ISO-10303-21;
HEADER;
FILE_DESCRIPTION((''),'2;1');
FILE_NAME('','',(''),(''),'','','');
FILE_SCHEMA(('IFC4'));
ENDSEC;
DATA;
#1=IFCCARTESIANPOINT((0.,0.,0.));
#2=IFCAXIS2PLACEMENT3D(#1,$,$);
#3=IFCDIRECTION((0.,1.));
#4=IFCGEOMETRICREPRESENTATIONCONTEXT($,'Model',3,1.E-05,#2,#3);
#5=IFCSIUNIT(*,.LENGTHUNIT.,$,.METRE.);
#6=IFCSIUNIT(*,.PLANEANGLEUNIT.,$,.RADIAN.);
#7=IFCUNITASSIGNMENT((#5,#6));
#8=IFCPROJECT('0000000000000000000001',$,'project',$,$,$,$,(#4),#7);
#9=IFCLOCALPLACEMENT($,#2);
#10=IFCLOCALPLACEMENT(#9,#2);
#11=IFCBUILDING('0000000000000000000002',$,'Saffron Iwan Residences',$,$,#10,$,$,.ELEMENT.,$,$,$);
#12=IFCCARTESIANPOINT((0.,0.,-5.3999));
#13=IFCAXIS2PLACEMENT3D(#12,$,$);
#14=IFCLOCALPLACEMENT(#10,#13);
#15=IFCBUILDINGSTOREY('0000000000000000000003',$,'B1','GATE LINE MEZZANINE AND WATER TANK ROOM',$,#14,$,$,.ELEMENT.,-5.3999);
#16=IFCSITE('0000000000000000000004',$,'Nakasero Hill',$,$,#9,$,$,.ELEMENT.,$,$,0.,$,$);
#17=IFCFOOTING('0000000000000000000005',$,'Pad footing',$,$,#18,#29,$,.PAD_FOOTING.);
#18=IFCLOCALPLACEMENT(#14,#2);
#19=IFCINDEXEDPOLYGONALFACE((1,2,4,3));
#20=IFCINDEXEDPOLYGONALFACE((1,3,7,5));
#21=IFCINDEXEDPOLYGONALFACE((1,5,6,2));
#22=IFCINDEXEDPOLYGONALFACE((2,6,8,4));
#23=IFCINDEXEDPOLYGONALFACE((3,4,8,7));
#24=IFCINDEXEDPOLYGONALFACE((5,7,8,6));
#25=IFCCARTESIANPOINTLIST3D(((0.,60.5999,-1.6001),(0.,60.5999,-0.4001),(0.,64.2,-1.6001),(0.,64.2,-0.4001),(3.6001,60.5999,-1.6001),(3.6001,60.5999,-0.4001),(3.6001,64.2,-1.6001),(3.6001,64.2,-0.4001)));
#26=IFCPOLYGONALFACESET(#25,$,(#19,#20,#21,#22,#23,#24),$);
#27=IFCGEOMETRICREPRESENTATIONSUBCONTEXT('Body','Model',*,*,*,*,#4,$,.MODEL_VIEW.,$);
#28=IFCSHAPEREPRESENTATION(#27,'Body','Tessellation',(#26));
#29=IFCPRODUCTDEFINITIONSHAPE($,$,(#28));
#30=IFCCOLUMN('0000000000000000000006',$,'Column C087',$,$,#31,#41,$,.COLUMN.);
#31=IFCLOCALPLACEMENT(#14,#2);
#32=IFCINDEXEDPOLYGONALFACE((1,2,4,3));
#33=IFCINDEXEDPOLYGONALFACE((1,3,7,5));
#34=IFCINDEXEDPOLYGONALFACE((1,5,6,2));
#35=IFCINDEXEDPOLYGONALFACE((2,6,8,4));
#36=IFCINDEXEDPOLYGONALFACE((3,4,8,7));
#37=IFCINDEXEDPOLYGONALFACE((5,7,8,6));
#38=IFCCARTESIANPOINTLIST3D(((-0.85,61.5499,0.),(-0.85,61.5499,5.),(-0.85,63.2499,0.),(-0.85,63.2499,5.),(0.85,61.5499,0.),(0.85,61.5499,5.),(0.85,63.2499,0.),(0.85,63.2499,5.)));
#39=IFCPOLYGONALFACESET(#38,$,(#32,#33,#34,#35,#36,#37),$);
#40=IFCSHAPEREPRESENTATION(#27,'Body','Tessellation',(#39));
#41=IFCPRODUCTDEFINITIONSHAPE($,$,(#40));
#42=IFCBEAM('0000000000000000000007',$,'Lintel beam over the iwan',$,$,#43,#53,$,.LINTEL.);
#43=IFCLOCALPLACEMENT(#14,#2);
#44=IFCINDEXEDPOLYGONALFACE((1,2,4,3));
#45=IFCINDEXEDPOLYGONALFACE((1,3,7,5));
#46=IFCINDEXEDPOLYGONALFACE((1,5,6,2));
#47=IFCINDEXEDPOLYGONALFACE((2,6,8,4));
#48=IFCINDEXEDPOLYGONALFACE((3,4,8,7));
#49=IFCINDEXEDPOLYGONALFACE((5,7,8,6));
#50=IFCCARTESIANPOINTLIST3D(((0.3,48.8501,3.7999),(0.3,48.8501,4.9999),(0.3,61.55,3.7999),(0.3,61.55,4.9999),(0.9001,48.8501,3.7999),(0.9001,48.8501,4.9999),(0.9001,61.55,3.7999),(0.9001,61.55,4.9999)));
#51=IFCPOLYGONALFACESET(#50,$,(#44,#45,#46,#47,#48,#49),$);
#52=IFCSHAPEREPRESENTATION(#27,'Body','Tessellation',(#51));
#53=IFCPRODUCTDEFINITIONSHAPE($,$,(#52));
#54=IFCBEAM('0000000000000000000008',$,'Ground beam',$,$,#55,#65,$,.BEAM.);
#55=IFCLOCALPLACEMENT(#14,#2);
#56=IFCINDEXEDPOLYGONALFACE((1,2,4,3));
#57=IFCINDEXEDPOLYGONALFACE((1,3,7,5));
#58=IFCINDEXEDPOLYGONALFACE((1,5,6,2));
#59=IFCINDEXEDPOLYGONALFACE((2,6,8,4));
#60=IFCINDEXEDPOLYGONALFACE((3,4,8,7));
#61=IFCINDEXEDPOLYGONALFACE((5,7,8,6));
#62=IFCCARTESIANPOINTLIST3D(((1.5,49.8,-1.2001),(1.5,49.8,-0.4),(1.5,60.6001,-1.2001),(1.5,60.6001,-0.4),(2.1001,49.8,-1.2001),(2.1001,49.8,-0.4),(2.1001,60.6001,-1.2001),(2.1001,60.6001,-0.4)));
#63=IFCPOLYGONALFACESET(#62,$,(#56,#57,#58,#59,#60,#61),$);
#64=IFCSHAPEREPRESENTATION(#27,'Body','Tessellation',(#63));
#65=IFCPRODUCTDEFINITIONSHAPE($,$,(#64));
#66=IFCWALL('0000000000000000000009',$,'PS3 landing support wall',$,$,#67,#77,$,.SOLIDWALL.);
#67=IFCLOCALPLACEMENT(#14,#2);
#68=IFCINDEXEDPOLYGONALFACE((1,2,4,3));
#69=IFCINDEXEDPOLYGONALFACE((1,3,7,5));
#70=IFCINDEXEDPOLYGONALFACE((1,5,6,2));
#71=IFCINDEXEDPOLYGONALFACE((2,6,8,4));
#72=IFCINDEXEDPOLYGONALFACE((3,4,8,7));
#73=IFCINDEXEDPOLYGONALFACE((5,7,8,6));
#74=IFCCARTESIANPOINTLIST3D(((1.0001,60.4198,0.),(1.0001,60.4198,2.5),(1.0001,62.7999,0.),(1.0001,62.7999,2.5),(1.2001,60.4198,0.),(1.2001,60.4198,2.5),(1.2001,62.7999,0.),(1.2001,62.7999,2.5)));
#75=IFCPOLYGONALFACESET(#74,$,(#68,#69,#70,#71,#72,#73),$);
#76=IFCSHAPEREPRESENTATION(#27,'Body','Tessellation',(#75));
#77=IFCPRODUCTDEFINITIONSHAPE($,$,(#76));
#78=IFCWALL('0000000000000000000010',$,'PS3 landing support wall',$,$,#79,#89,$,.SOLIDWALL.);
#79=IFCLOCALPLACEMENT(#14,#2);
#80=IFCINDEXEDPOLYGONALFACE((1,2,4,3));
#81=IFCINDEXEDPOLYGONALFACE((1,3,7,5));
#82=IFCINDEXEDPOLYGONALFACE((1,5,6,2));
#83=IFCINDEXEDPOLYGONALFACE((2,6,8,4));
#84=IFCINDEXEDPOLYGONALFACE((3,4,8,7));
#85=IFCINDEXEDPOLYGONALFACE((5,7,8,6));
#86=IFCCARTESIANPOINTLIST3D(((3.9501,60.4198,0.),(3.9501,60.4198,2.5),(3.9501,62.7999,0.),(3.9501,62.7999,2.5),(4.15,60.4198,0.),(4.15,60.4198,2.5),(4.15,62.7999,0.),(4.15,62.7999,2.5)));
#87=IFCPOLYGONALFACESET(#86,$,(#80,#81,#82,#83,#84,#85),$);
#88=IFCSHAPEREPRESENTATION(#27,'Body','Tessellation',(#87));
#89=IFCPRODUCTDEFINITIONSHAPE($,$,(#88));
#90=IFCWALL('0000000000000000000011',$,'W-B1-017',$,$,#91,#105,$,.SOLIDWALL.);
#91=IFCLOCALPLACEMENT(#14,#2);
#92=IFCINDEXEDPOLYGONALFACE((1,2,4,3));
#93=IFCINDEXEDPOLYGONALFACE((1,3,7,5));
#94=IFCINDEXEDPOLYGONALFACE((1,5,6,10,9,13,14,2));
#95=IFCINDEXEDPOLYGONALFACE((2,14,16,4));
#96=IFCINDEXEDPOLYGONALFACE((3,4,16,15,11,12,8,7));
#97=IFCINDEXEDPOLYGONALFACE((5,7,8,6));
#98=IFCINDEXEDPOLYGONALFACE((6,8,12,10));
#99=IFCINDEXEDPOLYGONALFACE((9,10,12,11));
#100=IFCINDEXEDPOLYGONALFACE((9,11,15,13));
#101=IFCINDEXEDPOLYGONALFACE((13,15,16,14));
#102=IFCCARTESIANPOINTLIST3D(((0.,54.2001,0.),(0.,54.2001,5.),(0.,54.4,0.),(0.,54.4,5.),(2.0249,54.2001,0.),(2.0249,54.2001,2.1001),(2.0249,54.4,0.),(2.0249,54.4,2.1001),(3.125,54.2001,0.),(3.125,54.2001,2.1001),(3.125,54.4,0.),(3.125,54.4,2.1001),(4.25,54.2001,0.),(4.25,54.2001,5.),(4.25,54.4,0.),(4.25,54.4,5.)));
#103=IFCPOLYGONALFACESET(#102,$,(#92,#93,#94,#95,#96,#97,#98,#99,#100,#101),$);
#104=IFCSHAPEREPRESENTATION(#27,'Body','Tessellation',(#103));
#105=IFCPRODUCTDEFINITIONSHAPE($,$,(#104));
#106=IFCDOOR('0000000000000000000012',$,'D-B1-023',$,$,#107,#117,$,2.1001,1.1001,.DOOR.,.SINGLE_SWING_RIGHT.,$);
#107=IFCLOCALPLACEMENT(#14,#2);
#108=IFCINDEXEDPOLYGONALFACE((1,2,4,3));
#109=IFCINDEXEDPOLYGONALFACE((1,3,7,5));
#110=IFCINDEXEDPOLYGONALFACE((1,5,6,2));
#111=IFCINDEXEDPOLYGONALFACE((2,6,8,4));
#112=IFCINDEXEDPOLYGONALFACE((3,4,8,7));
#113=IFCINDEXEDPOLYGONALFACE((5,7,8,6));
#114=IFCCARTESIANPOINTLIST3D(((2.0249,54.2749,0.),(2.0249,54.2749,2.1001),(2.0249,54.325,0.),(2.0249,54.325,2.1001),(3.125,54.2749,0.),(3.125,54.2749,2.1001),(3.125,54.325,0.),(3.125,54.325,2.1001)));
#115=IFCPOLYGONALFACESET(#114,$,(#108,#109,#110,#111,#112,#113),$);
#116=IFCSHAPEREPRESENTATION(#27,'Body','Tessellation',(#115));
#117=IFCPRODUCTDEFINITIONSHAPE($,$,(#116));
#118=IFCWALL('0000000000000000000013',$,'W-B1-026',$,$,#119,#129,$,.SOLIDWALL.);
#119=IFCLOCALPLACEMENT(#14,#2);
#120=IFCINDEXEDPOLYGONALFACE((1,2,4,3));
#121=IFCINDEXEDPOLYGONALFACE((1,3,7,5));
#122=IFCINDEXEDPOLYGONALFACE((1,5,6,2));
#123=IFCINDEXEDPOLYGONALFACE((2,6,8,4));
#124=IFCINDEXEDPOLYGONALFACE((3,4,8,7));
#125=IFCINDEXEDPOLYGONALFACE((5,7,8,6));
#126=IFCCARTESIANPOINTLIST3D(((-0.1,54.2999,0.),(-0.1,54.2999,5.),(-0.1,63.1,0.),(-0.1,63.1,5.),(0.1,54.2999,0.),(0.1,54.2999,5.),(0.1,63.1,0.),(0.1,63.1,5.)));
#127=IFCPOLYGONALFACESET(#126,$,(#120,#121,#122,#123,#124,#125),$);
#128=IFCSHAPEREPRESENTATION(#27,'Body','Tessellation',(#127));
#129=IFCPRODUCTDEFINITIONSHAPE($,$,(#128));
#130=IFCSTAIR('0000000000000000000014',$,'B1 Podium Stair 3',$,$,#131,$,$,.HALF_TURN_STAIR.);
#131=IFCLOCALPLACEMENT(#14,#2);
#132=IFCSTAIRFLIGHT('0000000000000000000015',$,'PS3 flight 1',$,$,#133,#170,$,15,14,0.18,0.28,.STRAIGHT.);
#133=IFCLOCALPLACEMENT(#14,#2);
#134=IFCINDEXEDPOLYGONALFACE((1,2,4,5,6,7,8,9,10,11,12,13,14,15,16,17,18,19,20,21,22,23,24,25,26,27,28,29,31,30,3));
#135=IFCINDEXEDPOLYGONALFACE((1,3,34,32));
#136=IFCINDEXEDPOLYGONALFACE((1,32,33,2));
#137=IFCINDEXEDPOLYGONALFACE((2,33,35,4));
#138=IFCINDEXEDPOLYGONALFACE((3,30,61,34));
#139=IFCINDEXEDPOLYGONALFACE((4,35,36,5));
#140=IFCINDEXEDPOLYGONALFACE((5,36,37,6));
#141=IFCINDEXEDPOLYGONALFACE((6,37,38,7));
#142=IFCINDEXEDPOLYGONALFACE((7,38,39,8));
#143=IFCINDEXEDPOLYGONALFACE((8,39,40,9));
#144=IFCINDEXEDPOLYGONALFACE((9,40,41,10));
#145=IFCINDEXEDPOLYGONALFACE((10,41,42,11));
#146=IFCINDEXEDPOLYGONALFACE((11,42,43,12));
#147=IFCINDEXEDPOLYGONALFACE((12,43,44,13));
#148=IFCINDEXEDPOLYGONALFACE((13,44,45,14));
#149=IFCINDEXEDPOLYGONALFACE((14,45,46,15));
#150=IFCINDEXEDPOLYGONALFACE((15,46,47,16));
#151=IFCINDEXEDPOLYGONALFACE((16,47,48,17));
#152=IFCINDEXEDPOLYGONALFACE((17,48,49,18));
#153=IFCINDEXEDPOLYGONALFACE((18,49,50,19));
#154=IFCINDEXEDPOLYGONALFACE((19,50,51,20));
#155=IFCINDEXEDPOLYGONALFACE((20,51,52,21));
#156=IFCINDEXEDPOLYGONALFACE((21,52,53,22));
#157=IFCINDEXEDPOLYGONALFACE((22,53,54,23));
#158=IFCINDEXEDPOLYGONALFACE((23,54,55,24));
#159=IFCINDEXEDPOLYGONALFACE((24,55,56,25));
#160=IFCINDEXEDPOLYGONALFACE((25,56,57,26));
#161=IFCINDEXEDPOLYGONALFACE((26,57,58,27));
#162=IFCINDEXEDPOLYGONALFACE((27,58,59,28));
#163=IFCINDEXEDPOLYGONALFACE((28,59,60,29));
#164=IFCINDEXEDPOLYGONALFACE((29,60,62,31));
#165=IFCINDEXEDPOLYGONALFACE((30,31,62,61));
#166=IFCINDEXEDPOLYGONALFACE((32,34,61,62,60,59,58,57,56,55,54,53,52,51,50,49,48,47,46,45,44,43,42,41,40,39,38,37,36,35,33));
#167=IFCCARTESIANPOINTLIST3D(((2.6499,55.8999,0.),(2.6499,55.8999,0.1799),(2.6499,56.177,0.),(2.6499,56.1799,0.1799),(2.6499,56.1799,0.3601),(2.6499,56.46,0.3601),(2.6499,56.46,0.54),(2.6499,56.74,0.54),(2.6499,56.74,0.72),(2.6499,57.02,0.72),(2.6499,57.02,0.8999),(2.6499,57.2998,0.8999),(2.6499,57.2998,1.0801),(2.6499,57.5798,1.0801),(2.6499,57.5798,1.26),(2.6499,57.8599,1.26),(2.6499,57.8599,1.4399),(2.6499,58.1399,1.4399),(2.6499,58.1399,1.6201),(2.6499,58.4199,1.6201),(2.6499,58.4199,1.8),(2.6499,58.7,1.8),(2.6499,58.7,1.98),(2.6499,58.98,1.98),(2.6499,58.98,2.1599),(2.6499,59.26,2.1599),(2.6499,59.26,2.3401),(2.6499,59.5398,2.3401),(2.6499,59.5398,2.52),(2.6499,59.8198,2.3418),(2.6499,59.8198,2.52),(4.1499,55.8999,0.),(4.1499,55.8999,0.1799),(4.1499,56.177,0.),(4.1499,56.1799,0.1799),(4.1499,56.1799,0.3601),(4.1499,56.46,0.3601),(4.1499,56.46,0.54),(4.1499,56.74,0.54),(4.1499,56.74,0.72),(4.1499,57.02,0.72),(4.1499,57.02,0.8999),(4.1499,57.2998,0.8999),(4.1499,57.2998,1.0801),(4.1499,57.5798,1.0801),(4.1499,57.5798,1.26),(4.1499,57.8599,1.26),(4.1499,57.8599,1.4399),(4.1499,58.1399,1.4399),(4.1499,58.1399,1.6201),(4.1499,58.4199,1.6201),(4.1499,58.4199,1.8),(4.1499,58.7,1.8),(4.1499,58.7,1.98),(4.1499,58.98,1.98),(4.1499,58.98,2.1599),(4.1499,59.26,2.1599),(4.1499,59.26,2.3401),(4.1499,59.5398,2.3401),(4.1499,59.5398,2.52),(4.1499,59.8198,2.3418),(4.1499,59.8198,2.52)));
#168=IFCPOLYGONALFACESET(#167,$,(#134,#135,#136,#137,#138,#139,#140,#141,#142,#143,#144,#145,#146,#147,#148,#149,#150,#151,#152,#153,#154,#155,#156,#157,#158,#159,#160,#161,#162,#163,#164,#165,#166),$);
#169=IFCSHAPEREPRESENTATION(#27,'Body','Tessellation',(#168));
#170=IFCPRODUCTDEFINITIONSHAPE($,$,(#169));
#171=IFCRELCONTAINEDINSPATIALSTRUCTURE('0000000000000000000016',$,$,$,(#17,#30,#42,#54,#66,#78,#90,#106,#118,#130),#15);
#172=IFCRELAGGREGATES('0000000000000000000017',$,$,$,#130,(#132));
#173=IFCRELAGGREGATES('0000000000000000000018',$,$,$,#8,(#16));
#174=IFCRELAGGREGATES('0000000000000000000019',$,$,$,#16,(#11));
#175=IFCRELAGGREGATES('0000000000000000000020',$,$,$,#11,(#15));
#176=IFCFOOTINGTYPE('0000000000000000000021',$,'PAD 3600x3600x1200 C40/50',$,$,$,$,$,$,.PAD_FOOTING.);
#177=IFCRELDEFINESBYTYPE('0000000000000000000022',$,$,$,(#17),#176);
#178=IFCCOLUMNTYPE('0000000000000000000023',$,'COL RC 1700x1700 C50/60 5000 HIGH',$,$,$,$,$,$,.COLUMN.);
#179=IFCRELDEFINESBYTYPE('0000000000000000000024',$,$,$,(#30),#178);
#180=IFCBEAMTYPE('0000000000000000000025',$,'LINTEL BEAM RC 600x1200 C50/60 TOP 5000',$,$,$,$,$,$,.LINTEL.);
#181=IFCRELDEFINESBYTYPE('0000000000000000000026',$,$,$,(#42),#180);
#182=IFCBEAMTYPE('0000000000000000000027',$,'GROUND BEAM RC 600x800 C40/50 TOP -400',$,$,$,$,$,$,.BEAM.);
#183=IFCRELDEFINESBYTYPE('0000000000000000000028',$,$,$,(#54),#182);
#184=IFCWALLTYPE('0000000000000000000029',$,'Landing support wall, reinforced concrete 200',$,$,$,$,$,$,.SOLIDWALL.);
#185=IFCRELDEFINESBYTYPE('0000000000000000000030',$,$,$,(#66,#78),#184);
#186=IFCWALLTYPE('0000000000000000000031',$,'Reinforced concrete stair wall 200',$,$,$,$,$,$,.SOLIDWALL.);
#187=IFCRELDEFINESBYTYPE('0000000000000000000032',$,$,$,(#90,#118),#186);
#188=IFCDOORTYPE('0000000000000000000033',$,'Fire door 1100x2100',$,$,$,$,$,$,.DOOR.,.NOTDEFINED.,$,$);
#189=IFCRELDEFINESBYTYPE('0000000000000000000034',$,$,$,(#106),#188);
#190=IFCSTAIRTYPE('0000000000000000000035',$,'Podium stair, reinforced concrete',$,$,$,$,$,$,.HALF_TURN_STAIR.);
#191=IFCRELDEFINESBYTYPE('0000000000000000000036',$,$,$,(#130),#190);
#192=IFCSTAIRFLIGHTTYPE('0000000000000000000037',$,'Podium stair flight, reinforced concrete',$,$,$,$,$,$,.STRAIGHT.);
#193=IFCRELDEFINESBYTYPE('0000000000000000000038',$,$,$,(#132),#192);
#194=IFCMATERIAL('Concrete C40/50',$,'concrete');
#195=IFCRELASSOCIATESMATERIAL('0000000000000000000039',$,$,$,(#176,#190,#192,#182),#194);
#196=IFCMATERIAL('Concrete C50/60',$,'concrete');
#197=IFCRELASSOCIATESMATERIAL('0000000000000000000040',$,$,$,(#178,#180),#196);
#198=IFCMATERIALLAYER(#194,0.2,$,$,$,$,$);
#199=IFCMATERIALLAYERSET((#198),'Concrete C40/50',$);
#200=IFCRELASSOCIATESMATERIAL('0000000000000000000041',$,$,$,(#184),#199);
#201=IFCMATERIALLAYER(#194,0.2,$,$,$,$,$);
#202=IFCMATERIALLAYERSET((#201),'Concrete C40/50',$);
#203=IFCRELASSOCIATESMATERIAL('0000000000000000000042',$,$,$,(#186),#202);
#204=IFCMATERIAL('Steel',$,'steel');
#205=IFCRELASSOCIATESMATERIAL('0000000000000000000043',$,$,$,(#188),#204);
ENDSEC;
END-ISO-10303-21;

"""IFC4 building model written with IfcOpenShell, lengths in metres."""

from ifc_helpers import new_model, si_unit, direction, frame, frame_2d, origin, origin_2d, place, context, subcontext, project, spatial, polyline, rectangle, outline, extrude, source, transform, mapped, material, layer, layer_set, material_profile, profile_set, type_object, element, fill, aggregate, save


model = new_model("IFC4")

# Units and contexts
model_context = context("Model", 3, precision=1e-05, world=origin(), true_north=direction((0.0, 1.0)))
body_context = subcontext(model_context, "Body", "Model", "MODEL_VIEW")
ifc_project = project(units=[si_unit("LENGTHUNIT", "METRE"), si_unit("PLANEANGLEUNIT", "RADIAN")], contexts=[model_context])

# Site, building, storey
site_placement = place(None, origin())
site = spatial("IfcSite", under=ifc_project, at=site_placement, Name="Nakasero Hill", CompositionType="ELEMENT", RefElevation=0.0)
building_placement = place(site_placement, origin())
building = spatial("IfcBuilding", under=site, at=building_placement, Name="Saffron Iwan Residences", CompositionType="ELEMENT")
storey_placement = place(building_placement, frame((0.0, 0.0, -5.3999)))
storey = spatial("IfcBuildingStorey", under=building, at=storey_placement, Name="B1", Description="GATE LINE MEZZANINE AND WATER TANK ROOM", CompositionType="ELEMENT", Elevation=-5.3999)

# Footing
ifc_material_1 = material(Name="Concrete C40/50", Category="concrete")
footing_type = type_object("IfcFootingType", Name="PAD 3600x3600x1200 C40/50", PredefinedType="PAD_FOOTING", material=ifc_material_1)
shared_shape_1 = source(origin(), body_context, "Body", "SweptSolid", [
    extrude(rectangle(XDim=3.6001, YDim=3.6001, at=origin_2d()), origin(), (0.0, 0.0, 1.0), 1.2),
])
footing_placement = place(storey_placement, frame((1.8, 62.3999, -1.6001), z_axis=(0.0, 0.0, 1.0), x_axis=(1.0, 0.0, 0.0)))
element("IfcFooting", 1, at=footing_placement, inside=storey, type_object=footing_type, Name="Pad footing", PredefinedType="PAD_FOOTING", context=body_context, shape_type="MappedRepresentation", body=[
    mapped(shared_shape_1, transform((0.0, 0.0, 0.0))),
])

# Column
ifc_material_2 = material(Name="Concrete C50/60", Category="concrete")
ifc_material_profile_1 = material_profile(ifc_material_2, rectangle(XDim=1.7, YDim=1.7, at=origin_2d()), Name="RC 1700x1700")
ifc_profile_set_1 = profile_set([ifc_material_profile_1], Name="Concrete C50/60")
column_type = type_object("IfcColumnType", Name="COL RC 1700x1700 C50/60 5000 HIGH", PredefinedType="COLUMN", material=ifc_profile_set_1)
shared_shape_2 = source(origin(), body_context, "Body", "SweptSolid", [
    extrude(rectangle(XDim=1.7, YDim=1.7, at=origin_2d()), origin(), (0.0, 0.0, 1.0), 5.0),
])
column_placement = place(storey_placement, frame((0.0, 62.3999, 0.0), z_axis=(0.0, 0.0, 1.0), x_axis=(1.0, 0.0, 0.0)))
element("IfcColumn", 2, at=column_placement, inside=storey, type_object=column_type, Name="Column C087", PredefinedType="COLUMN", context=body_context, shape_type="MappedRepresentation", body=[
    mapped(shared_shape_2, transform((0.0, 0.0, 0.0))),
])

# Beams
ifc_material_profile_2 = material_profile(ifc_material_2, rectangle(XDim=0.6001, YDim=1.2, at=origin_2d()), Name="RC 600x1200")
ifc_profile_set_2 = profile_set([ifc_material_profile_2], Name="Concrete C50/60")
beam_type_1 = type_object("IfcBeamType", Name="LINTEL BEAM RC 600x1200 C50/60 TOP 5000", PredefinedType="LINTEL", material=ifc_profile_set_2)
shared_shape_3 = source(origin(), body_context, "Body", "SweptSolid", [
    extrude(rectangle(XDim=0.6001, YDim=1.2, at=origin_2d()), origin(), (0.0, 0.0, 1.0), 12.7),
])
beam_1_placement = place(storey_placement, frame((0.6001, 48.8501, 4.3999), z_axis=(0.0, 1.0, 0.0), x_axis=(-1.0, 0.0, 0.0)))
element("IfcBeam", 3, at=beam_1_placement, inside=storey, type_object=beam_type_1, Name="Lintel beam over the iwan", PredefinedType="LINTEL", context=body_context, shape_type="MappedRepresentation", body=[
    mapped(shared_shape_3, transform((0.0, 0.0, 0.0))),
])
ifc_material_profile_3 = material_profile(ifc_material_1, rectangle(XDim=0.6001, YDim=0.8, at=origin_2d()), Name="RC 600x800")
ifc_profile_set_3 = profile_set([ifc_material_profile_3], Name="Concrete C40/50")
beam_type_2 = type_object("IfcBeamType", Name="GROUND BEAM RC 600x800 C40/50 TOP -400", PredefinedType="BEAM", material=ifc_profile_set_3)
shared_shape_4 = source(origin(), body_context, "Body", "SweptSolid", [
    extrude(rectangle(XDim=0.6001, YDim=0.8, at=origin_2d()), origin(), (0.0, 0.0, 1.0), 10.8),
])
beam_2_placement = place(storey_placement, frame((1.8, 49.8, -0.8), z_axis=(0.0, 1.0, 0.0), x_axis=(-1.0, 0.0, 0.0)))
element("IfcBeam", 4, at=beam_2_placement, inside=storey, type_object=beam_type_2, Name="Ground beam", PredefinedType="BEAM", context=body_context, shape_type="MappedRepresentation", body=[
    mapped(shared_shape_4, transform((0.0, 0.0, 0.0))),
])

# Walls
ifc_layer_1 = layer(ifc_material_1, 0.2)
ifc_layer_set_1 = layer_set([ifc_layer_1], Name="Concrete C40/50")
wall_type_1 = type_object("IfcWallType", Name="Landing support wall, reinforced concrete 200", PredefinedType="SOLIDWALL", material=ifc_layer_set_1)
for number, where, z_axis, x_axis, name in (
    (5, (1.1001, 60.4199, 0.0), (0.0, 0.0, 1.0), (0.0, 1.0, 0.0), "PS3 landing support wall"),
    (6, (4.05, 60.4199, 0.0), (0.0, 0.0, 1.0), (0.0, 1.0, 0.0), "PS3 landing support wall"),
):
    element("IfcWall", number, at=place(storey_placement, frame(where, z_axis=z_axis, x_axis=x_axis)), inside=storey, type_object=wall_type_1, Name=name, PredefinedType="SOLIDWALL", context=body_context, shape_type="SweptSolid", body=[
        extrude(rectangle(XDim=2.3801, YDim=0.2, at=frame_2d((1.1899, 0.0))), origin(), (0.0, 0.0, 1.0), 2.5),
    ])

# Wall, opening, door
ifc_layer_2 = layer(ifc_material_1, 0.2)
ifc_layer_set_2 = layer_set([ifc_layer_2], Name="Concrete C40/50")
wall_type_2 = type_object("IfcWallType", Name="Reinforced concrete stair wall 200", PredefinedType="SOLIDWALL", material=ifc_layer_set_2)
wall_1_placement = place(storey_placement, frame((0.0, 54.3, 0.0), z_axis=(0.0, 0.0, 1.0), x_axis=(1.0, 0.0, 0.0)))
wall_1 = element("IfcWall", 7, at=wall_1_placement, inside=storey, type_object=wall_type_2, Name="W-B1-017", PredefinedType="SOLIDWALL", context=body_context, shape_type="SweptSolid", body=[
    extrude(rectangle(XDim=4.25, YDim=0.2, at=frame_2d((2.125, 0.0))), origin(), (0.0, 0.0, 1.0), 5.0),
])
opening_placement = place(wall_1_placement, frame((2.0249, 0.0, 0.0)))
opening = element("IfcOpeningElement", 8, at=opening_placement, cuts=wall_1, PredefinedType="OPENING", context=body_context, shape_type="SweptSolid", body=[
    extrude(rectangle(XDim=1.1001, YDim=2.1001, at=frame_2d((0.55, 1.05))), frame((0.0, 0.1099, 0.0), z_axis=(0.0, -1.0, 0.0), x_axis=(1.0, 0.0, 0.0)), (0.0, 0.0, 1.0), 0.22),
])
ifc_material_3 = material(Name="Steel", Category="steel")
door_type = type_object("IfcDoorType", Name="Fire door 1100x2100", OperationType="NOTDEFINED", PredefinedType="DOOR", material=ifc_material_3)
door_placement = place(opening_placement, origin())
door = element("IfcDoor", 9, at=door_placement, inside=storey, type_object=door_type, Name="D-B1-023", OperationType="SINGLE_SWING_RIGHT", OverallHeight=2.1001, OverallWidth=1.1001, PredefinedType="DOOR", context=body_context, shape_type="SweptSolid", body=[
    extrude(rectangle(XDim=1.1001, YDim=2.1001, at=frame_2d((0.55, 1.05))), frame((0.0, 0.0249, 0.0), z_axis=(0.0, -1.0, 0.0), x_axis=(1.0, 0.0, 0.0)), (0.0, 0.0, 1.0), 0.05),
])
fill(opening, door)

# Wall
wall_2_placement = place(storey_placement, frame((0.0, 54.3, 0.0), z_axis=(0.0, 0.0, 1.0), x_axis=(0.0, 1.0, 0.0)))
element("IfcWall", 10, at=wall_2_placement, inside=storey, type_object=wall_type_2, Name="W-B1-026", PredefinedType="SOLIDWALL", context=body_context, shape_type="SweptSolid", body=[
    extrude(rectangle(XDim=8.8, YDim=0.2, at=frame_2d((4.3999, 0.0))), origin(), (0.0, 0.0, 1.0), 5.0),
])

# Stair, stair flight
stair_type = type_object("IfcStairType", Name="Podium stair, reinforced concrete", PredefinedType="HALF_TURN_STAIR", material=ifc_material_1)
stair_placement = place(storey_placement, origin())
stair = element("IfcStair", 11, at=stair_placement, inside=storey, type_object=stair_type, Name="B1 Podium Stair 3", PredefinedType="HALF_TURN_STAIR")
stair_flight_type = type_object("IfcStairFlightType", Name="Podium stair flight, reinforced concrete", PredefinedType="STRAIGHT", material=ifc_material_1)
stair_flight_1_placement = place(storey_placement, frame((3.3999, 55.8999, 0.0), z_axis=(0.0, 0.0, 1.0), x_axis=(0.0, 1.0, 0.0)))
stair_flight_1 = element("IfcStairFlight", 12, at=stair_flight_1_placement, type_object=stair_flight_type, Name="PS3 flight 1", NumberOfRisers=15, NumberOfTreads=14, PredefinedType="STRAIGHT", RiserHeight=0.18, TreadLength=0.28, context=body_context, shape_type="SweptSolid", body=[
    extrude(outline(polyline([(0.0, 0.0), (0.0, 0.1799), (0.28, 0.1799), (0.28, 0.3601), (0.5601, 0.3601), (0.5601, 0.54), (0.8401, 0.54), (0.8401, 0.72), (1.1201, 0.72), (1.1201, 0.8999), (1.3999, 0.8999), (1.3999, 1.0801), (1.6799, 1.0801), (1.6799, 1.26), (1.96, 1.26), (1.96, 1.4399), (2.24, 1.4399), (2.24, 1.6201), (2.52, 1.6201), (2.52, 1.8), (2.8, 1.8), (2.8, 1.98), (3.0801, 1.98), (3.0801, 2.1599), (3.3601, 2.1599), (3.3601, 2.3401), (3.6399, 2.3401), (3.6399, 2.52), (3.9199, 2.52), (3.9199, 2.7), (3.9199, 2.3418), (0.2771, 0.0), (0.0, 0.0)])), frame((0.0, 0.75, 0.0), z_axis=(0.0, -1.0, 0.0), x_axis=(1.0, 0.0, 0.0)), (0.0, 0.0, 1.0), 1.5),
])
aggregate(stair, [stair_flight_1])

save(model, "model.ifc")
